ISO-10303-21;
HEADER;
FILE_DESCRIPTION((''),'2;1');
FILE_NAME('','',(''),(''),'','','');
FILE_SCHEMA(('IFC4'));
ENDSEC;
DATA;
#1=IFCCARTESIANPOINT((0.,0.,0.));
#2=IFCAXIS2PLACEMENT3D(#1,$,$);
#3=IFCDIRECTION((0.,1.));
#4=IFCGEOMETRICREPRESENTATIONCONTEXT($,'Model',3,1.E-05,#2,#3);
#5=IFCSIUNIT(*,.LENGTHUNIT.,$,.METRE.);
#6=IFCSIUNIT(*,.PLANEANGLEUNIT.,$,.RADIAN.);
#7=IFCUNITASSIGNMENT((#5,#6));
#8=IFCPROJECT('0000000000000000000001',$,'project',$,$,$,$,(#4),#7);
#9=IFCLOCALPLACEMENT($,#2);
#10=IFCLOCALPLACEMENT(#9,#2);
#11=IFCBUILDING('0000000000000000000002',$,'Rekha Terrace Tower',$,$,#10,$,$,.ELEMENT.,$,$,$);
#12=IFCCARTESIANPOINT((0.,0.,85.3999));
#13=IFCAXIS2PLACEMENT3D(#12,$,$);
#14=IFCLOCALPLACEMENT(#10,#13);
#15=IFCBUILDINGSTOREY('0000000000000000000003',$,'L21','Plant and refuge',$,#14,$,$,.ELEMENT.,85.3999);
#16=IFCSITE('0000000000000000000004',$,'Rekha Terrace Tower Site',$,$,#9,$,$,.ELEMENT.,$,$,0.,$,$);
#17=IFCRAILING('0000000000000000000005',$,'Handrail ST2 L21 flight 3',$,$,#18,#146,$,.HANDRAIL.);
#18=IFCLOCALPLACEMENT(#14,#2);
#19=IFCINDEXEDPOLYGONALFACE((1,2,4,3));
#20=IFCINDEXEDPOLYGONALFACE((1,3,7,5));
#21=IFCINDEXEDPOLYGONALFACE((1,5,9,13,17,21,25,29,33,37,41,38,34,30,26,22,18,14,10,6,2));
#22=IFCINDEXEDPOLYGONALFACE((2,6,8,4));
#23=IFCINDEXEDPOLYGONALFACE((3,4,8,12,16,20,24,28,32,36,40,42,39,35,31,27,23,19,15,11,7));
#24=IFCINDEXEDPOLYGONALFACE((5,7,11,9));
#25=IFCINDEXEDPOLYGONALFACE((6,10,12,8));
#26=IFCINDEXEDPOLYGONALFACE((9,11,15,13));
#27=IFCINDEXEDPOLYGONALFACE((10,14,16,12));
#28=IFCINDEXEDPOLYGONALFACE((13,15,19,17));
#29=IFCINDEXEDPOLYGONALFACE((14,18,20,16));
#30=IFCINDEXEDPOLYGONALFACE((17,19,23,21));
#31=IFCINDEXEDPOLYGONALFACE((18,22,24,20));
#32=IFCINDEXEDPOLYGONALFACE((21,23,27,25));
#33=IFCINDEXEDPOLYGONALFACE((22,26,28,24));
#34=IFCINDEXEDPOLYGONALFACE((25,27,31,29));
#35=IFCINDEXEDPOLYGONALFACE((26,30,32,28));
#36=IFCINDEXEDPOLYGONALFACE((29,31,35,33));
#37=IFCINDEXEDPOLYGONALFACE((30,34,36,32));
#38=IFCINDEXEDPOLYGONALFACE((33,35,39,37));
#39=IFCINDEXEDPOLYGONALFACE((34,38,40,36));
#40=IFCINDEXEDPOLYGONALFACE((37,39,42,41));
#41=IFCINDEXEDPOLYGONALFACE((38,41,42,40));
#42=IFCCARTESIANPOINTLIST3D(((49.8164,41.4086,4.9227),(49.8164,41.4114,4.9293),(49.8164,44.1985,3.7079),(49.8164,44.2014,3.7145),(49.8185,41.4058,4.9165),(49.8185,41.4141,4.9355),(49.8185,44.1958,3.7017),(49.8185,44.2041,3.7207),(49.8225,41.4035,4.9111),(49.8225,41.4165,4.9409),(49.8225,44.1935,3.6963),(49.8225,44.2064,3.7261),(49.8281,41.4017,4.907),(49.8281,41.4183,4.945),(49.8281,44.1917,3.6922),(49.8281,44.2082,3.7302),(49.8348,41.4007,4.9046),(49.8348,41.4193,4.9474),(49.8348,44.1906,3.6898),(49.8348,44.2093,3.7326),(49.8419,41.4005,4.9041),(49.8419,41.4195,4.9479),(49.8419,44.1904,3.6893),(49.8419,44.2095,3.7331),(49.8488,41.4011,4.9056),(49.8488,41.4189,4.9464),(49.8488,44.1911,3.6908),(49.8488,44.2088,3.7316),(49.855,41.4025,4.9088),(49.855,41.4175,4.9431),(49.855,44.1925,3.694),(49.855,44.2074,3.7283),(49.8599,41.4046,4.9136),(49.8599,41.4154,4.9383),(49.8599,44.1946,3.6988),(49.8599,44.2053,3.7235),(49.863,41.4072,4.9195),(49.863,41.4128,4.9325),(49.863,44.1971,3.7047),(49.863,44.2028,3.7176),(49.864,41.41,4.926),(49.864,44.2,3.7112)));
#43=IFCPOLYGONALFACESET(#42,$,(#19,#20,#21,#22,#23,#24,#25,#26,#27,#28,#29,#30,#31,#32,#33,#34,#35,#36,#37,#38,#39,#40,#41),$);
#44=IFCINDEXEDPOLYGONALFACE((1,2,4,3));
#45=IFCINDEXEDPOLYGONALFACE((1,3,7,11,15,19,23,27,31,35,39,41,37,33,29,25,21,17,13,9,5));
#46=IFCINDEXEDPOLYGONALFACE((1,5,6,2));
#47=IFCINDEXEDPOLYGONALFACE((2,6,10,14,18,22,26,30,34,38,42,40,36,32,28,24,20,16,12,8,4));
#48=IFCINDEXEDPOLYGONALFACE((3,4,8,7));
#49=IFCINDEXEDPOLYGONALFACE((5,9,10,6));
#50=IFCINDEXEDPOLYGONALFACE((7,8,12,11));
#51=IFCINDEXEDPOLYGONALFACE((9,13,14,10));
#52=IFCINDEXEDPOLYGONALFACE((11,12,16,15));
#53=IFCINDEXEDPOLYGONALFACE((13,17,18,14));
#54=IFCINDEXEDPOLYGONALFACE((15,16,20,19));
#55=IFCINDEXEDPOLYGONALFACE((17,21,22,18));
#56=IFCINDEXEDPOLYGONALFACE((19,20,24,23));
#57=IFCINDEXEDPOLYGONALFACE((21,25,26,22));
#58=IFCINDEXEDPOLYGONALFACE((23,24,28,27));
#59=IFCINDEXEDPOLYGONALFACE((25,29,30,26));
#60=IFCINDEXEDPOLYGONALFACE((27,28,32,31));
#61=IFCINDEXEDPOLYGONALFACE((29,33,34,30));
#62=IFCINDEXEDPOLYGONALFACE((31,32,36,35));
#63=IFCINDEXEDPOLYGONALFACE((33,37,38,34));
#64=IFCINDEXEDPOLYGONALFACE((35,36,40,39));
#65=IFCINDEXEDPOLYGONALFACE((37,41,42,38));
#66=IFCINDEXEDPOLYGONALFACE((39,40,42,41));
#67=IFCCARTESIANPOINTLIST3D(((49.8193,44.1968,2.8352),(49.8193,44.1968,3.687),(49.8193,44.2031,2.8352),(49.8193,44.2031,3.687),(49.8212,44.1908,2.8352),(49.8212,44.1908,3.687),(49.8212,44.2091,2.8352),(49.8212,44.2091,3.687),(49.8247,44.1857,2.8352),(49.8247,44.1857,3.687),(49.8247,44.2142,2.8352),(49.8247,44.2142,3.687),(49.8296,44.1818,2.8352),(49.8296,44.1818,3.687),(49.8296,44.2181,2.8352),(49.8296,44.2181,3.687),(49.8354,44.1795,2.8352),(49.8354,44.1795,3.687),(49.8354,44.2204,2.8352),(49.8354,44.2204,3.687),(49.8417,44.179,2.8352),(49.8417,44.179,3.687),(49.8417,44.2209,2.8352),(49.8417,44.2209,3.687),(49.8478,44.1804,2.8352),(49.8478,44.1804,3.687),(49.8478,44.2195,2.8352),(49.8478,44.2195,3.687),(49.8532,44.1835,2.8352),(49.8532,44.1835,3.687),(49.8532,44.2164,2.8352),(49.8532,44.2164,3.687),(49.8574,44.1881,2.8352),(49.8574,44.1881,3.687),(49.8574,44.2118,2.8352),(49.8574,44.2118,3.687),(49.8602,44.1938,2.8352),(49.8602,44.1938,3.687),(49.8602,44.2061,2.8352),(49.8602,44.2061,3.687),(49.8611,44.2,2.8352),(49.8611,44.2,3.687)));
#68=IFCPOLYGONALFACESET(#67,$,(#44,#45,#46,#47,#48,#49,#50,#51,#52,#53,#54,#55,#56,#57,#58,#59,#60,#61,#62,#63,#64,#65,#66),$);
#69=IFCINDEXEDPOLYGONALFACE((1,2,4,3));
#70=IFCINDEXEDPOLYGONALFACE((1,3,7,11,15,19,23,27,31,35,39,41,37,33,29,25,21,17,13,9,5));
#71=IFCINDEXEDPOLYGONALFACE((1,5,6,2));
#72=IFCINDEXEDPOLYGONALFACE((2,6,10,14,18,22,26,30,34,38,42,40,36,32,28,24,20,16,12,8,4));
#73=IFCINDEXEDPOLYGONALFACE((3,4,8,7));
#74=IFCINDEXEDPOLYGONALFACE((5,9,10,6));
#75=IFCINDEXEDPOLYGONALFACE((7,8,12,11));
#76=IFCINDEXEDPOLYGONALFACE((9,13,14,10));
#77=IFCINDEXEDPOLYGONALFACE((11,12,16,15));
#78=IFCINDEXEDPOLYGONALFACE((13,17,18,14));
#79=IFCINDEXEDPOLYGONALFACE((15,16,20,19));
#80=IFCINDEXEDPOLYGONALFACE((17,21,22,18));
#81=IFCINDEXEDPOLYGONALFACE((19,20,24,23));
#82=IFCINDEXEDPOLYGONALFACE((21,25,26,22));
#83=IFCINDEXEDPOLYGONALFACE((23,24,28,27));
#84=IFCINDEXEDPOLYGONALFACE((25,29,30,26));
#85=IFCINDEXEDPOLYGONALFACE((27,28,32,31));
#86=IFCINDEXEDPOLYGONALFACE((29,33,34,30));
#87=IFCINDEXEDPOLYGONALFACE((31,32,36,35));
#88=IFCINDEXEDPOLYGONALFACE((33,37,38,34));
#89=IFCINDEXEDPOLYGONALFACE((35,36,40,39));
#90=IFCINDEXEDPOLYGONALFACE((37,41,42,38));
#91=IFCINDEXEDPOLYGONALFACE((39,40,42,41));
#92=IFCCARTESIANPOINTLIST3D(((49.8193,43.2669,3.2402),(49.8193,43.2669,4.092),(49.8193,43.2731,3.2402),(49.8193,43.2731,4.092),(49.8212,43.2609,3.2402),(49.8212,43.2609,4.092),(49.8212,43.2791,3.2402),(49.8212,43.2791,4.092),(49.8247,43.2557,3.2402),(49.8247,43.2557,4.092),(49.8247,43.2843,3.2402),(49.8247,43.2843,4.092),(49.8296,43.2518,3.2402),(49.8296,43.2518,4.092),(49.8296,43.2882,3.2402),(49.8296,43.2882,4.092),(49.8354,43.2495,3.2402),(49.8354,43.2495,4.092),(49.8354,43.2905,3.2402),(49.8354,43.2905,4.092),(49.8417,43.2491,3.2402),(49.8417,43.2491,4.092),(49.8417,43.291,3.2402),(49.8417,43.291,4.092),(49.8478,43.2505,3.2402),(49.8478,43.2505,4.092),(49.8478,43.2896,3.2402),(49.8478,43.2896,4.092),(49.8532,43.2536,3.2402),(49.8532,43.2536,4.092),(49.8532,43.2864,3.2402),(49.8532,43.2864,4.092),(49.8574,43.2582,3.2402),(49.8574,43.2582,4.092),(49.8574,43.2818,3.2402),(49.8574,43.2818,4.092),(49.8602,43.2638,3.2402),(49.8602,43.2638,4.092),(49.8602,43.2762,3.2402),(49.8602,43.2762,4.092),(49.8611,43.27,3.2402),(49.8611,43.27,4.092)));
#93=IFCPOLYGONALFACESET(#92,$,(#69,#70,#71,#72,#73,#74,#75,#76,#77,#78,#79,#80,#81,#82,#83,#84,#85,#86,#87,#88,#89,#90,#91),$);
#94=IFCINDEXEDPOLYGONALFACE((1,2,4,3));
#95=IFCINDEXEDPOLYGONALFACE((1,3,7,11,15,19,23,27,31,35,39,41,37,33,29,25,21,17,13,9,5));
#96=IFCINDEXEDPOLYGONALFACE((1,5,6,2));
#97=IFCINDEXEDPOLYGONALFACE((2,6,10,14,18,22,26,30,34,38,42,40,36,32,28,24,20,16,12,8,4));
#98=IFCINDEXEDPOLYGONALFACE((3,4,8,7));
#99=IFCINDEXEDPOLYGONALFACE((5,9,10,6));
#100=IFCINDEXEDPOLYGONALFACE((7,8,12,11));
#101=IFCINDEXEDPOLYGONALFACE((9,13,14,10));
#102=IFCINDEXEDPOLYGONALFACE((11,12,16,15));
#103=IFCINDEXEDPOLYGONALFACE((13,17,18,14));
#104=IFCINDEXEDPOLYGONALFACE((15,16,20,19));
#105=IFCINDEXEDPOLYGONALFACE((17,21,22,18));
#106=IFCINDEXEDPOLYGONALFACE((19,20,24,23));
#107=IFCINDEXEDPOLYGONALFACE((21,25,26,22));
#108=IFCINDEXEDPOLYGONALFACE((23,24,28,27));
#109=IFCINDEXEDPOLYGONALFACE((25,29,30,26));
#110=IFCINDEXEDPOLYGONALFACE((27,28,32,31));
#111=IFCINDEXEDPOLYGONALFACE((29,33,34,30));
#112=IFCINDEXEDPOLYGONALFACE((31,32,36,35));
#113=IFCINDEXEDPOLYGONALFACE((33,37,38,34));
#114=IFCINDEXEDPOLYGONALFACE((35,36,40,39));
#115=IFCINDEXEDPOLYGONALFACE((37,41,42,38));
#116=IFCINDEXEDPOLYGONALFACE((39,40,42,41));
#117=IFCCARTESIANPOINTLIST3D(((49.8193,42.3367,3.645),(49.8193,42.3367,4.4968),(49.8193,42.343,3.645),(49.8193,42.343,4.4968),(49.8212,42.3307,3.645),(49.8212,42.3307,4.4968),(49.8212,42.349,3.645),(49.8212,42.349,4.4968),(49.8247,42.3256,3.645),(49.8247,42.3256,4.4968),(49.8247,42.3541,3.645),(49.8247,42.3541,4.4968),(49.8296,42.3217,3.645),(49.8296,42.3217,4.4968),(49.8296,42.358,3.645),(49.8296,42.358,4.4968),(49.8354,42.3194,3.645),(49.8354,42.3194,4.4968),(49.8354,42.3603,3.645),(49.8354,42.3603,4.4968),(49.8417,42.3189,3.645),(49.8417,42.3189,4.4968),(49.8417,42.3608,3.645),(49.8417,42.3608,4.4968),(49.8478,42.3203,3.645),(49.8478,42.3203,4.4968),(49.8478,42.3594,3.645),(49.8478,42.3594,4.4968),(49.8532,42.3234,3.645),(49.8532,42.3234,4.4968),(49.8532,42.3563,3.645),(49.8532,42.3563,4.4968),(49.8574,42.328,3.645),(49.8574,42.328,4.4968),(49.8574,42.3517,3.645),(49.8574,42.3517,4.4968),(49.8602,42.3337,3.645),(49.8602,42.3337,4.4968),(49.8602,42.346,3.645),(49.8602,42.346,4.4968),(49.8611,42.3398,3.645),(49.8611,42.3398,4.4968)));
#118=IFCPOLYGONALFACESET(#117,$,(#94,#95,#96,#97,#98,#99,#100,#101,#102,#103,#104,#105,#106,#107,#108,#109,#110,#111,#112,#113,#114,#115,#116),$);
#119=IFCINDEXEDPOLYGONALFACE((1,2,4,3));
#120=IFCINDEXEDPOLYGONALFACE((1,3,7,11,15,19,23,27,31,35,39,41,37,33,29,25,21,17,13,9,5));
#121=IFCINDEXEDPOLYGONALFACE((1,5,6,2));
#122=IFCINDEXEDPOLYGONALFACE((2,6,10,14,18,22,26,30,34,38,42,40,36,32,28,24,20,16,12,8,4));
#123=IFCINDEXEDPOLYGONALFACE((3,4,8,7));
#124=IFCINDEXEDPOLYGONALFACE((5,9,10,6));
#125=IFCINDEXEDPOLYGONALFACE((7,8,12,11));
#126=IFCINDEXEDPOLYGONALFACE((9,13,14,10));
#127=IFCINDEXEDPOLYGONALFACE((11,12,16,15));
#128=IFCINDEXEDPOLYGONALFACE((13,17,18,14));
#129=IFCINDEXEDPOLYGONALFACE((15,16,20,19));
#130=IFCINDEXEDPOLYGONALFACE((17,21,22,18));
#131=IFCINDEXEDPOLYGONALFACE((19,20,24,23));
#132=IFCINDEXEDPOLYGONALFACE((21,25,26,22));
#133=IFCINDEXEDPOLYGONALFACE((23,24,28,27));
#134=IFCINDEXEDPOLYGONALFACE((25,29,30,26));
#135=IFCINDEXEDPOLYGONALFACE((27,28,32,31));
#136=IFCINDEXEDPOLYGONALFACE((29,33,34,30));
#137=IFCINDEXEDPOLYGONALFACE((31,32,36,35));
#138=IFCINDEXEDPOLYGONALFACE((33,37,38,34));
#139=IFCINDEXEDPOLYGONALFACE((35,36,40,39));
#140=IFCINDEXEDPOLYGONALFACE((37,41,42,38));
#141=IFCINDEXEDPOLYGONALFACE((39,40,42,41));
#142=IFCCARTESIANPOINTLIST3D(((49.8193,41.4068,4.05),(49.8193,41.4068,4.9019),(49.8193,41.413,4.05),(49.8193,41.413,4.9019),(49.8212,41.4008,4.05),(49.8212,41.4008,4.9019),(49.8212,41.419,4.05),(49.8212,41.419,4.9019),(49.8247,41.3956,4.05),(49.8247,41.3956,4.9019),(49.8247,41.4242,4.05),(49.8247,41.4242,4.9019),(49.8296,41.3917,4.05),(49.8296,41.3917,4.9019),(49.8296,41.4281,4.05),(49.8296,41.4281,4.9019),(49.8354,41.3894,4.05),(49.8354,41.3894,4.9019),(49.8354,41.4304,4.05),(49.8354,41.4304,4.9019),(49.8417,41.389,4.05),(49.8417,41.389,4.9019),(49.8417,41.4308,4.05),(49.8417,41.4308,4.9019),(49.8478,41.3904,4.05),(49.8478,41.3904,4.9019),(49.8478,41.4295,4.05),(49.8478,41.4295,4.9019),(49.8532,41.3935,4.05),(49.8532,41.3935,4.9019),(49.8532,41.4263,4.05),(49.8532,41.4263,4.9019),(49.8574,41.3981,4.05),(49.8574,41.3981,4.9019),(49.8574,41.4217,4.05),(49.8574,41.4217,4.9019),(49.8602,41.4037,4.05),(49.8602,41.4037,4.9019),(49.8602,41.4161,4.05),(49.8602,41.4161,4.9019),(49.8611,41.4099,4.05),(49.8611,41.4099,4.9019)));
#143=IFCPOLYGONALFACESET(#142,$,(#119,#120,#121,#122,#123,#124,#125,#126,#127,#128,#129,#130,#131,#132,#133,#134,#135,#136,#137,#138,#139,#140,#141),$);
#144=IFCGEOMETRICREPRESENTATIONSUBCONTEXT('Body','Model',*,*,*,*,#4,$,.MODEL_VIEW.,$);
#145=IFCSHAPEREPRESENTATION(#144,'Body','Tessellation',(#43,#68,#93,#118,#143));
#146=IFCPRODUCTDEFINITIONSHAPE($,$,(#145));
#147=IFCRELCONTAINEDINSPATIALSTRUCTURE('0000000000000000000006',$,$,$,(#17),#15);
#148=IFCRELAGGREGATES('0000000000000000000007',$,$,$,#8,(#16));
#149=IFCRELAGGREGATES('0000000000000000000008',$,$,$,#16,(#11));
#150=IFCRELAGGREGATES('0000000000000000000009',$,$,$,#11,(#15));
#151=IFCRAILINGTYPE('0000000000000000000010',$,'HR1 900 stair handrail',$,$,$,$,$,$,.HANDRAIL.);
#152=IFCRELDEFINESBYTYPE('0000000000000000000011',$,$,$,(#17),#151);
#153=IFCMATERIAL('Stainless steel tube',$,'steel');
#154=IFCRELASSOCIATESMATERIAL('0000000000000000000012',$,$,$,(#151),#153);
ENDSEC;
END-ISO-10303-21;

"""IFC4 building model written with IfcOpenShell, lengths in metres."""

from ifc_helpers import new_model, si_unit, direction, frame, origin, origin_2d, place, context, subcontext, project, spatial, circle, extrude, material, type_object, element, save


model = new_model("IFC4")

# Units and contexts
model_context = context("Model", 3, precision=1e-05, world=origin(), true_north=direction((0.0, 1.0)))
body_context = subcontext(model_context, "Body", "Model", "MODEL_VIEW")
ifc_project = project(units=[si_unit("LENGTHUNIT", "METRE"), si_unit("PLANEANGLEUNIT", "RADIAN")], contexts=[model_context])

# Site, building, storey
site_placement = place(None, origin())
site = spatial("IfcSite", under=ifc_project, at=site_placement, Name="Rekha Terrace Tower Site", CompositionType="ELEMENT", RefElevation=0.0)
building_placement = place(site_placement, origin())
building = spatial("IfcBuilding", under=site, at=building_placement, Name="Rekha Terrace Tower", CompositionType="ELEMENT")
storey_placement = place(building_placement, frame((0.0, 0.0, 85.3999)))
storey = spatial("IfcBuildingStorey", under=building, at=storey_placement, Name="L21", Description="Plant and refuge", CompositionType="ELEMENT", Elevation=85.3999)

# Railing
ifc_material_1 = material(Name="Stainless steel tube", Category="steel")
railing_type_1 = type_object("IfcRailingType", Name="HR1 900 stair handrail", PredefinedType="HANDRAIL", material=ifc_material_1)
railing_1_placement = place(storey_placement, frame((49.8401, 44.2, 2.8352)))
element("IfcRailing", 1, at=railing_1_placement, inside=storey, type_object=railing_type_1, Name="Handrail ST2 L21 flight 3", PredefinedType="HANDRAIL", context=body_context, shape_type="SweptSolid", body=[
    extrude(circle(Radius=0.0239, at=origin_2d()), frame((0.0, 0.0, 0.876), z_axis=(0.0, -0.916856, 0.399219), x_axis=(1.0, 0.0, 0.0)), (0.0, 0.0, 1.0), 3.043),
    extrude(circle(Radius=0.021, at=origin_2d()), origin(), (0.0, 0.0, 1.0), 0.8518),
    extrude(circle(Radius=0.021, at=origin_2d()), frame((0.0, -0.9299, 0.405)), (0.0, 0.0, 1.0), 0.8518),
    extrude(circle(Radius=0.021, at=origin_2d()), frame((0.0, -1.8601, 0.8098)), (0.0, 0.0, 1.0), 0.8518),
    extrude(circle(Radius=0.021, at=origin_2d()), frame((0.0, -2.79, 1.2148)), (0.0, 0.0, 1.0), 0.8518),
])

save(model, "model.ifc")
